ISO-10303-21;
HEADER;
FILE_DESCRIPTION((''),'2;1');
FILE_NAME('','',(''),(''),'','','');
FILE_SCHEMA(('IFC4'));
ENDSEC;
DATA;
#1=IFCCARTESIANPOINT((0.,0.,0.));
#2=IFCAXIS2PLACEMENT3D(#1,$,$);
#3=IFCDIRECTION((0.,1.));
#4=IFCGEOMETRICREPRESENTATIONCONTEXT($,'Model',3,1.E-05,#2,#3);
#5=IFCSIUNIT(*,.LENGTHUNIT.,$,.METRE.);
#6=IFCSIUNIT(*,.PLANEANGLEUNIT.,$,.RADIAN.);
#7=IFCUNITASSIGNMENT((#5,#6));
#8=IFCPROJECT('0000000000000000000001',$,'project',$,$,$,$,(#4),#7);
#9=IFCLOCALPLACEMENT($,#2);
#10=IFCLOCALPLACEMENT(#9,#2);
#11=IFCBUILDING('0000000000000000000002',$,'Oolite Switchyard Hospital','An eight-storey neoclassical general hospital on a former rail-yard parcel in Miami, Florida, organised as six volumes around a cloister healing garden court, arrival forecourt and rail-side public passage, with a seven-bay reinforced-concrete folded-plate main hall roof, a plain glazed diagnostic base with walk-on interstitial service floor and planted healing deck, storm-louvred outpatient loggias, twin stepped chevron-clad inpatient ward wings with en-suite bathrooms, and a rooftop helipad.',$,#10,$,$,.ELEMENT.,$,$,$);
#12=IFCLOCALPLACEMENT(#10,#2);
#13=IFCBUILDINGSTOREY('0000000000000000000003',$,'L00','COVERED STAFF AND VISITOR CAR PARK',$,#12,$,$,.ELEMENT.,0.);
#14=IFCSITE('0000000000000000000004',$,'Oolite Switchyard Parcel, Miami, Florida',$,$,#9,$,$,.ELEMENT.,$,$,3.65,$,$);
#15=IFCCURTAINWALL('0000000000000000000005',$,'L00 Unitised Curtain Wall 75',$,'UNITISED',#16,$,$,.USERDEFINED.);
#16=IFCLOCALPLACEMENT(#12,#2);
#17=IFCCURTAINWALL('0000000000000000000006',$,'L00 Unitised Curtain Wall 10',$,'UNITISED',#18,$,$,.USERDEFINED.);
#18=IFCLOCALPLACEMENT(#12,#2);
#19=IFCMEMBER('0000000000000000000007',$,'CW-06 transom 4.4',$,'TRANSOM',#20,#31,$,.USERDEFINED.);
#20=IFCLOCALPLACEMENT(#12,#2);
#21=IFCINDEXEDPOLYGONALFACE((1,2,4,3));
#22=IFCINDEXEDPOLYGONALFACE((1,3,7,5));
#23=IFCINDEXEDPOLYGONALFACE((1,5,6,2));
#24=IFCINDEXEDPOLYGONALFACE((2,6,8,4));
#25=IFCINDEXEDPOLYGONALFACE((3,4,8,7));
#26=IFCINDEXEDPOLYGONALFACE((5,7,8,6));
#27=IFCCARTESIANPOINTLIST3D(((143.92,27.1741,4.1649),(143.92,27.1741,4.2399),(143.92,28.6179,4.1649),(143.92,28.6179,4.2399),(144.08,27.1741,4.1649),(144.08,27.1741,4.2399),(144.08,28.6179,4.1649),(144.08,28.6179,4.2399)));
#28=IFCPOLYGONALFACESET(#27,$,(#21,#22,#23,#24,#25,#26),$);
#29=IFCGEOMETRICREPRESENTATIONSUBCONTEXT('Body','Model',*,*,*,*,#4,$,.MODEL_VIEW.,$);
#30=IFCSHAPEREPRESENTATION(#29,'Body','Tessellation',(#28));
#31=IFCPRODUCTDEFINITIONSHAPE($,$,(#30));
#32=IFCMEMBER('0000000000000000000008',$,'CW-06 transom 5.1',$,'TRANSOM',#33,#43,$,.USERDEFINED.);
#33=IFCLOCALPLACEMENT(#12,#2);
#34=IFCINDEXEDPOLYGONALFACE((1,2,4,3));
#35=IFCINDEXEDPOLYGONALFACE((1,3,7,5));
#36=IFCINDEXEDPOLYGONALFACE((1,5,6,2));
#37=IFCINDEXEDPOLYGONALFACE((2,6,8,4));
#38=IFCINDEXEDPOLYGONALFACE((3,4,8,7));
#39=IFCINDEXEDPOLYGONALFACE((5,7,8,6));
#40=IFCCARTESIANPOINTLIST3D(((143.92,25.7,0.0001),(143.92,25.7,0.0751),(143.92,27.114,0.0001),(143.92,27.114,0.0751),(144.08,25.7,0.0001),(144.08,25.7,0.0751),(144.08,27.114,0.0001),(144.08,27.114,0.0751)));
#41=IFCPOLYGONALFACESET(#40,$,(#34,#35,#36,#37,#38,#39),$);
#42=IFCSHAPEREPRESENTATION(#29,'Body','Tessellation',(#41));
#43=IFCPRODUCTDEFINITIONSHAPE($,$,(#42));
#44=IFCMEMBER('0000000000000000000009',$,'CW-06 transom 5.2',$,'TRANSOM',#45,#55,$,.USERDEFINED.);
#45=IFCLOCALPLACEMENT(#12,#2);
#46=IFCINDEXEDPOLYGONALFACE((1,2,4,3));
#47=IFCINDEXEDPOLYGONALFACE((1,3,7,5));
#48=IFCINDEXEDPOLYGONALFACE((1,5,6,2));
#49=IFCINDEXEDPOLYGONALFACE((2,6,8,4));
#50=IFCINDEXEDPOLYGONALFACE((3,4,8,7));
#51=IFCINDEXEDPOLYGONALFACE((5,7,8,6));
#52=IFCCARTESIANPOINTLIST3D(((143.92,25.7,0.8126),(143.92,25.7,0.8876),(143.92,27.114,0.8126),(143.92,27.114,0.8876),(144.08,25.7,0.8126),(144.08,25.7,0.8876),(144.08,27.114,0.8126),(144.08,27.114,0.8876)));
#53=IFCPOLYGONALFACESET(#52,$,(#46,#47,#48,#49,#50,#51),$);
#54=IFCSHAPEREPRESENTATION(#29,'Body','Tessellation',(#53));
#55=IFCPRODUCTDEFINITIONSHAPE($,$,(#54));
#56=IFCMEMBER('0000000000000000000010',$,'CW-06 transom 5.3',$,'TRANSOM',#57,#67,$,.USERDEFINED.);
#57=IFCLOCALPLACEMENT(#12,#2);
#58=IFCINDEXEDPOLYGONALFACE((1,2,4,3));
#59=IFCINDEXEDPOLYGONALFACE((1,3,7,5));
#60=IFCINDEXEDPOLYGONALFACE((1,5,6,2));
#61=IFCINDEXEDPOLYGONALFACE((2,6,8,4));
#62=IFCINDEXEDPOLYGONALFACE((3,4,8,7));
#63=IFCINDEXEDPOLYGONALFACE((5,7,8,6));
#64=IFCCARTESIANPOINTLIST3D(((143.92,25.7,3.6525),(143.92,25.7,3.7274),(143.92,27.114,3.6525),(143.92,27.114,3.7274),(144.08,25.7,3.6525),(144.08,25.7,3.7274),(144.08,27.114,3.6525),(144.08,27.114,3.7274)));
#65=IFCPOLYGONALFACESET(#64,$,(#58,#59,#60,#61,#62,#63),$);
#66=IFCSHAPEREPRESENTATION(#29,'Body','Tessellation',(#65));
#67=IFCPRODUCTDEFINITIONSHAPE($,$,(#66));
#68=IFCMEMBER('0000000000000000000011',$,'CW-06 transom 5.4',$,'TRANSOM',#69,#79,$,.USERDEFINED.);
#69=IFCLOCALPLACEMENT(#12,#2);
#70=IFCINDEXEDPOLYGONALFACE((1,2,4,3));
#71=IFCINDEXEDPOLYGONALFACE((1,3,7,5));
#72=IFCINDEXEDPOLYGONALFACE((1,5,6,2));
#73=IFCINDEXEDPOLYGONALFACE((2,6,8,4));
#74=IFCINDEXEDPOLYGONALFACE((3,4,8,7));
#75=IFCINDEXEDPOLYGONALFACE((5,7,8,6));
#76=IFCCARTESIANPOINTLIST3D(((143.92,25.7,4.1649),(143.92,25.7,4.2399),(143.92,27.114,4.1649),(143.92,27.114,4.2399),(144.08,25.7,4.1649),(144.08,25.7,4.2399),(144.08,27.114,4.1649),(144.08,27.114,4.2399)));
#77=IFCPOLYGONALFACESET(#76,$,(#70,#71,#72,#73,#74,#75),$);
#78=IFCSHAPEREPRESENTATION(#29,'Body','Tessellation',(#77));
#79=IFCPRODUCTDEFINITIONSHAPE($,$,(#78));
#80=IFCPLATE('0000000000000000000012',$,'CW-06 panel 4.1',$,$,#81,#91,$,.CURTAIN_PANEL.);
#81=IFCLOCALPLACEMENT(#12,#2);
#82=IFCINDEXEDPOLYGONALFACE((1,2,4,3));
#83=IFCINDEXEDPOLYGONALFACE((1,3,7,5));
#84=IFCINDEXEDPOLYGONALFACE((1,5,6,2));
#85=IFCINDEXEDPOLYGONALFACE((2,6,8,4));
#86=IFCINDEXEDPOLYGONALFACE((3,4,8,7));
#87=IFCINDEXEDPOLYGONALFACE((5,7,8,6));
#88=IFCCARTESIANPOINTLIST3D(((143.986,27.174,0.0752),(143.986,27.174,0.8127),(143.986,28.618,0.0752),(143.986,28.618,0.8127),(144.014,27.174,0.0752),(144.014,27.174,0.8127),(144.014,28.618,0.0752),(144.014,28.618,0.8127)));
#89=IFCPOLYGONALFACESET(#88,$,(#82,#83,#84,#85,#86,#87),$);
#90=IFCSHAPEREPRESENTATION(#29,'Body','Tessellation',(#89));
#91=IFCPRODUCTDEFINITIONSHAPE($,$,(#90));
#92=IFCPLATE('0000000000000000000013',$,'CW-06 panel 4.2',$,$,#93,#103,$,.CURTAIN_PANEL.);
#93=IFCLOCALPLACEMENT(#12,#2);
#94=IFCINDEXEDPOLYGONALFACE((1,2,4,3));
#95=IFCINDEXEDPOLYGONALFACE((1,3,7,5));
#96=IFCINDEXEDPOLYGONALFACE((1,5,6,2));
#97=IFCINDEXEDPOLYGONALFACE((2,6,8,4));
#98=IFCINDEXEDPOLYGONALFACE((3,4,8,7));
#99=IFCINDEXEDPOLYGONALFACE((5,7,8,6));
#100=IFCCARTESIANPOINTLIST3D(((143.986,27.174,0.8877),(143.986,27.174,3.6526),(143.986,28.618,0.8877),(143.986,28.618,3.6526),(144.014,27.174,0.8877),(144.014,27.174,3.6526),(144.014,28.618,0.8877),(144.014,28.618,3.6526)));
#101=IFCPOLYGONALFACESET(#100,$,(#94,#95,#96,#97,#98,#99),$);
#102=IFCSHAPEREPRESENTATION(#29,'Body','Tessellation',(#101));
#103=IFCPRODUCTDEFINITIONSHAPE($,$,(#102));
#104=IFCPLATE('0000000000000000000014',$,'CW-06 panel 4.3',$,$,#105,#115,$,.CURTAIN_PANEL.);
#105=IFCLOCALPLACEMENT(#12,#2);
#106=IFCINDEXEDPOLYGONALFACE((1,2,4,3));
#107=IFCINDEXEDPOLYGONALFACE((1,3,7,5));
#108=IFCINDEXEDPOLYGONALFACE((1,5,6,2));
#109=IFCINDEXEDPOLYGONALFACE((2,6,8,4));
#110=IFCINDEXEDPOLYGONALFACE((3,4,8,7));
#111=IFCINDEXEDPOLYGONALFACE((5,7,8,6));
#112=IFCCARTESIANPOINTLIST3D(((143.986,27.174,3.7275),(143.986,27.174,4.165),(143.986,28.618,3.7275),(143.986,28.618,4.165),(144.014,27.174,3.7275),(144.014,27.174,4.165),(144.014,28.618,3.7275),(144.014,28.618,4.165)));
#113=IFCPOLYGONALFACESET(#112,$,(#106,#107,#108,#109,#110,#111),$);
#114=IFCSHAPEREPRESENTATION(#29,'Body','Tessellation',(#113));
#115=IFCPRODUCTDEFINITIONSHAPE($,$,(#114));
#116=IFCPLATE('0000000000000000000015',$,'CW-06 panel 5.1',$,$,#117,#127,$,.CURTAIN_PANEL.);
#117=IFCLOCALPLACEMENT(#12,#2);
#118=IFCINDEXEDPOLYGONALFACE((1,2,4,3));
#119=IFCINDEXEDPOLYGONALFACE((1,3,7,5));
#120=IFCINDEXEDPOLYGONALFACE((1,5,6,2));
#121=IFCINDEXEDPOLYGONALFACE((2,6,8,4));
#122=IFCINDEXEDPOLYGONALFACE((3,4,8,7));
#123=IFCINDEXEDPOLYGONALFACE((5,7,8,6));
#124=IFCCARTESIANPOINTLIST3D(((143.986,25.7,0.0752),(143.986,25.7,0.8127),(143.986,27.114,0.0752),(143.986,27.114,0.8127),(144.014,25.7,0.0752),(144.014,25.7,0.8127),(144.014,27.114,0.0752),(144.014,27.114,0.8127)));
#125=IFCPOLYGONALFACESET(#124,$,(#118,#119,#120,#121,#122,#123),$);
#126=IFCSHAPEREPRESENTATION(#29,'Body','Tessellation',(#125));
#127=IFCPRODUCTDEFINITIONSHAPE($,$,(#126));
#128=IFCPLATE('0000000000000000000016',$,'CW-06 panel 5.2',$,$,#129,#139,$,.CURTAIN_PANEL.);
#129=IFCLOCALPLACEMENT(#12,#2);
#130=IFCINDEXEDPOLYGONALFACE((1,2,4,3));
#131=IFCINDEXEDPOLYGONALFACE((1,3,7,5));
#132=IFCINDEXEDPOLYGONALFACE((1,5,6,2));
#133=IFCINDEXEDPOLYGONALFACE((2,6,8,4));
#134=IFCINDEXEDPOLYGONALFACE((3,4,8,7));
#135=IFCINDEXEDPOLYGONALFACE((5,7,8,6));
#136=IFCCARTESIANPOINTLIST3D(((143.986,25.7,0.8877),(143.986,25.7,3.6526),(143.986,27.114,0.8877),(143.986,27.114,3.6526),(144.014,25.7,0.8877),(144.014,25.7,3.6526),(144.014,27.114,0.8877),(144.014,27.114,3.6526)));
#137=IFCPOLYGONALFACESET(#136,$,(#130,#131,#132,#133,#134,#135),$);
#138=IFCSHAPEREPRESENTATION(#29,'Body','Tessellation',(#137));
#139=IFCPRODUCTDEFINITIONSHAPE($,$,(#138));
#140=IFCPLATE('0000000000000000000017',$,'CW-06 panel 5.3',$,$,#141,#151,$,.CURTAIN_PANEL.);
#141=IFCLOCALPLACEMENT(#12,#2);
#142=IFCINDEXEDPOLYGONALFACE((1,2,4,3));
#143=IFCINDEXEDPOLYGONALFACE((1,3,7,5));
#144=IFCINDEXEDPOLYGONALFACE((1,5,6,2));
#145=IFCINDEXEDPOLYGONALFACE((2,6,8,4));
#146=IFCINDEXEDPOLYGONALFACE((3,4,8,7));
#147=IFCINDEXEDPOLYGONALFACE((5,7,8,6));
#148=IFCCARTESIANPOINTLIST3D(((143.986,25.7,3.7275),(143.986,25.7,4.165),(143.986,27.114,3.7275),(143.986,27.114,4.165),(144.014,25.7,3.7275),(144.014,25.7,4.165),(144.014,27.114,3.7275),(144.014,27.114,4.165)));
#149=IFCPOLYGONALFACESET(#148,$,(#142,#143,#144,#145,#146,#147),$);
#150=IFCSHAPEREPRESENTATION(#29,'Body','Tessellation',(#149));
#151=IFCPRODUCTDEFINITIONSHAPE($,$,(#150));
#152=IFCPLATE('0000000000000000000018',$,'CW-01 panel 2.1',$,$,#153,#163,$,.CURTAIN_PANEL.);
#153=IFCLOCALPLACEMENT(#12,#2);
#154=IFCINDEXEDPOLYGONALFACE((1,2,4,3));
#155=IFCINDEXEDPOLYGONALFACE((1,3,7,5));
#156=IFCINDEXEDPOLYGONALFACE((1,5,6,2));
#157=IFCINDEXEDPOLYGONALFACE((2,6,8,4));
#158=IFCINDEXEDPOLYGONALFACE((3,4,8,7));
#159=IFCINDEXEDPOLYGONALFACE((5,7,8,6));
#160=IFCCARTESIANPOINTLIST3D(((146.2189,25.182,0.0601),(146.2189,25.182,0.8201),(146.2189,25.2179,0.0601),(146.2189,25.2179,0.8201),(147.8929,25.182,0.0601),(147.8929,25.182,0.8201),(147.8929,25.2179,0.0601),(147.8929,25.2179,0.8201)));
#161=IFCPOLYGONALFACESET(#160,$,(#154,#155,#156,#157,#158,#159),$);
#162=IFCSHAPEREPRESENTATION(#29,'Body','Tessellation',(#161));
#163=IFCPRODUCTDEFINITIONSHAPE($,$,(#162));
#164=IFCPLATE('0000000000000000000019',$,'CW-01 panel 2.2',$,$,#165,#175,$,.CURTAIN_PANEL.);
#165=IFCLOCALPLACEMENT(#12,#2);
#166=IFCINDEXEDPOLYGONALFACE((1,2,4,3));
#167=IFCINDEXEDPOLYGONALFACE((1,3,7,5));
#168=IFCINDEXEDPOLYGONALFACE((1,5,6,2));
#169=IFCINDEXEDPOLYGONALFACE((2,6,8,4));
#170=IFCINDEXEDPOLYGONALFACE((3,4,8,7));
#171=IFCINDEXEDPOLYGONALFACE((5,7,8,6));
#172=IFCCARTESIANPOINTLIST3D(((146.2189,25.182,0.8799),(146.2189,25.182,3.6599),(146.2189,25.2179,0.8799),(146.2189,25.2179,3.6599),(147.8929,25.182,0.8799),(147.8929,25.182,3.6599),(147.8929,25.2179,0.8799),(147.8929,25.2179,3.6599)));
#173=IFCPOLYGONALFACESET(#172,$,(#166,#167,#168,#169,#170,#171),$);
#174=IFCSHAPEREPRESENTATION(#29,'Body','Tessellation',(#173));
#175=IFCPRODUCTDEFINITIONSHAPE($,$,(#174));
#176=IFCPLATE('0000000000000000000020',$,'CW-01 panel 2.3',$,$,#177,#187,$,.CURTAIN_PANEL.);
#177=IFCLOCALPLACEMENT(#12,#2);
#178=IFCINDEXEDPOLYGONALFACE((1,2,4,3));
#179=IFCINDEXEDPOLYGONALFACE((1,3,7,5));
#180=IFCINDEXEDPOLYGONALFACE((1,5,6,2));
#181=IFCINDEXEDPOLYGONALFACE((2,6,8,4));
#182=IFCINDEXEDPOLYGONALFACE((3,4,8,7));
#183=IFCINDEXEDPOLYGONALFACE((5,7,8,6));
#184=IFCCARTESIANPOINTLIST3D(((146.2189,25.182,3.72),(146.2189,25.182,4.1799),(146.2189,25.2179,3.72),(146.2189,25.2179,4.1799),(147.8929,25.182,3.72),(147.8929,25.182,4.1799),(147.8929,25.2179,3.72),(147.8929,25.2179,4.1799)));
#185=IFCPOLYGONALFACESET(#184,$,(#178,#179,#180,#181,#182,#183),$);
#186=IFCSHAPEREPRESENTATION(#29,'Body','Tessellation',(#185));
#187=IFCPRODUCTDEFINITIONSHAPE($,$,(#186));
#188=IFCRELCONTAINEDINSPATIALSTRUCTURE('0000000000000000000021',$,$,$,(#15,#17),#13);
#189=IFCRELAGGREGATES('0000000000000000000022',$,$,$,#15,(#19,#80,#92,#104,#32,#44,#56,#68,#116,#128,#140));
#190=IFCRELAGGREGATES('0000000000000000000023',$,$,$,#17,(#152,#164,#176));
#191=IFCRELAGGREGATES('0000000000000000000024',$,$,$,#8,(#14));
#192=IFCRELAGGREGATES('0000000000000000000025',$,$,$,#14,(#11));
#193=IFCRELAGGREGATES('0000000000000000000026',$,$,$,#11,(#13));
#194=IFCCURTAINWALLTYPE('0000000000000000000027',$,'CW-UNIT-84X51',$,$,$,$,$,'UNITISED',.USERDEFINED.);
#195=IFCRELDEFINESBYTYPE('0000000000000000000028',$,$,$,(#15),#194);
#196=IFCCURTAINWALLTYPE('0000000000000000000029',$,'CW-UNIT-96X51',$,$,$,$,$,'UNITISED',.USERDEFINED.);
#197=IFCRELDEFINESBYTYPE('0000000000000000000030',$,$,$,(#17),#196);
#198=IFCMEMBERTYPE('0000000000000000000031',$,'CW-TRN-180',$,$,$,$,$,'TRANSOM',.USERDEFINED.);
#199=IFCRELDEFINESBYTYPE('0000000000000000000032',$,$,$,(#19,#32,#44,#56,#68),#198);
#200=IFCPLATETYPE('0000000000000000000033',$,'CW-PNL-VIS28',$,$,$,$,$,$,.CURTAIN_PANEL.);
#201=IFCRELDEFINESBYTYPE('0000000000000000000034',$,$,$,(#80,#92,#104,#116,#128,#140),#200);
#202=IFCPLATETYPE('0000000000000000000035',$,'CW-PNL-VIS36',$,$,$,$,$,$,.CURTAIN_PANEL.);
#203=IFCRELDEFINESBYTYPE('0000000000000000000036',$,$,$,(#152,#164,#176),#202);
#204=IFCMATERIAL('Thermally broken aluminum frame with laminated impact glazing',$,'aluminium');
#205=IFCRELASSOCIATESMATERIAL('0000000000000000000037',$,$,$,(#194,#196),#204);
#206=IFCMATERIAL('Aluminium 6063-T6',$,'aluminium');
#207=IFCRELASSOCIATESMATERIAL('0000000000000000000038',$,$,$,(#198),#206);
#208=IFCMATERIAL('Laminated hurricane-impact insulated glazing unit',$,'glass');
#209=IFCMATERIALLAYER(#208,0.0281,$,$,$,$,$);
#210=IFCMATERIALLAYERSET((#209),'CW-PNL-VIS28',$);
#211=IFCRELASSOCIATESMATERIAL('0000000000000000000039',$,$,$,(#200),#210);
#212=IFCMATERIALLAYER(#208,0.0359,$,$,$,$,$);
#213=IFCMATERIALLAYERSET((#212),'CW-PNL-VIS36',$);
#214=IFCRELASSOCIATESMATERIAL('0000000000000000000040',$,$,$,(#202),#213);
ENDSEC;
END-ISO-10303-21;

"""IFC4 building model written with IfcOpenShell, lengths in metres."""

from ifc_helpers import new_model, si_unit, direction, frame, origin, origin_2d, place, context, subcontext, project, spatial, rectangle, extrude, material, layer, layer_set, material_profile, profile_set, type_object, element, aggregate, save


model = new_model("IFC4")

# Units and contexts
model_context = context("Model", 3, precision=1e-05, world=origin(), true_north=direction((0.0, 1.0)))
body_context = subcontext(model_context, "Body", "Model", "MODEL_VIEW")
ifc_project = project(units=[si_unit("LENGTHUNIT", "METRE"), si_unit("PLANEANGLEUNIT", "RADIAN")], contexts=[model_context])

# Site, building, storey
site_placement = place(None, origin())
site = spatial("IfcSite", under=ifc_project, at=site_placement, Name="Oolite Switchyard Parcel, Miami, Florida", CompositionType="ELEMENT", RefElevation=3.65)
building_placement = place(site_placement, origin())
building = spatial("IfcBuilding", under=site, at=building_placement, Name="Oolite Switchyard Hospital", Description="An eight-storey neoclassical general hospital on a former rail-yard parcel in Miami, Florida, organised as six volumes around a cloister healing garden court, arrival forecourt and rail-side public passage, with a seven-bay reinforced-concrete folded-plate main hall roof, a plain glazed diagnostic base with walk-on interstitial service floor and planted healing deck, storm-louvred outpatient loggias, twin stepped chevron-clad inpatient ward wings with en-suite bathrooms, and a rooftop helipad.", CompositionType="ELEMENT")
storey_placement = place(building_placement, origin())
storey = spatial("IfcBuildingStorey", under=building, at=storey_placement, Name="L00", Description="COVERED STAFF AND VISITOR CAR PARK", CompositionType="ELEMENT", Elevation=0.0)

# Curtain walls
ifc_material_1 = material(Name="Thermally broken aluminum frame with laminated impact glazing", Category="aluminium")
curtain_wall_type_1 = type_object("IfcCurtainWallType", Name="CW-UNIT-84X51", ElementType="UNITISED", PredefinedType="USERDEFINED", material=ifc_material_1)
curtain_wall_1_placement = place(storey_placement, origin())
curtain_wall_1 = element("IfcCurtainWall", 1, at=curtain_wall_1_placement, inside=storey, type_object=curtain_wall_type_1, Name="L00 Unitised Curtain Wall 75", ObjectType="UNITISED", PredefinedType="USERDEFINED")
ifc_material_2 = material(Name="Aluminium 6063-T6", Category="aluminium")
curtain_wall_type_2 = type_object("IfcCurtainWallType", Name="CW-UNIT-96X51", ElementType="UNITISED", PredefinedType="USERDEFINED", material=ifc_material_1)
curtain_wall_2_placement = place(storey_placement, origin())
curtain_wall_2 = element("IfcCurtainWall", 2, at=curtain_wall_2_placement, inside=storey, type_object=curtain_wall_type_2, Name="L00 Unitised Curtain Wall 10", ObjectType="UNITISED", PredefinedType="USERDEFINED")

# Members
ifc_material_profile_1 = material_profile(ifc_material_2, rectangle(XDim=0.1599, YDim=0.075, at=origin_2d()), Name="CWT75X160")
ifc_profile_set_1 = profile_set([ifc_material_profile_1], Name="Aluminium 6063-T6")
member_type_1 = type_object("IfcMemberType", Name="CW-TRN-180", ElementType="TRANSOM", PredefinedType="USERDEFINED", material=ifc_profile_set_1)
member_1_placement = place(storey_placement, frame((144.0, 28.6179, 4.2024), z_axis=(0.0, -1.0, 0.0), x_axis=(1.0, 0.0, 0.0)))
member_1 = element("IfcMember", 3, at=member_1_placement, type_object=member_type_1, Name="CW-06 transom 4.4", ObjectType="TRANSOM", PredefinedType="USERDEFINED", context=body_context, shape_type="SweptSolid", body=[
    extrude(rectangle(XDim=0.1599, YDim=0.075, at=origin_2d()), origin(), (0.0, 0.0, 1.0), 1.4438),
])
member_2_placement = place(storey_placement, frame((144.0, 27.114, 0.0376), z_axis=(0.0, -1.0, 0.0), x_axis=(1.0, 0.0, 0.0)))
member_2 = element("IfcMember", 4, at=member_2_placement, type_object=member_type_1, Name="CW-06 transom 5.1", ObjectType="TRANSOM", PredefinedType="USERDEFINED", context=body_context, shape_type="SweptSolid", body=[
    extrude(rectangle(XDim=0.1599, YDim=0.075, at=origin_2d()), origin(), (0.0, 0.0, 1.0), 1.4141),
])
member_3_placement = place(storey_placement, frame((144.0, 27.114, 0.8501), z_axis=(0.0, -1.0, 0.0), x_axis=(1.0, 0.0, 0.0)))
member_3 = element("IfcMember", 5, at=member_3_placement, type_object=member_type_1, Name="CW-06 transom 5.2", ObjectType="TRANSOM", PredefinedType="USERDEFINED", context=body_context, shape_type="SweptSolid", body=[
    extrude(rectangle(XDim=0.1599, YDim=0.075, at=origin_2d()), origin(), (0.0, 0.0, 1.0), 1.4141),
])
member_4_placement = place(storey_placement, frame((144.0, 27.114, 3.6899), z_axis=(0.0, -1.0, 0.0), x_axis=(1.0, 0.0, 0.0)))
member_4 = element("IfcMember", 6, at=member_4_placement, type_object=member_type_1, Name="CW-06 transom 5.3", ObjectType="TRANSOM", PredefinedType="USERDEFINED", context=body_context, shape_type="SweptSolid", body=[
    extrude(rectangle(XDim=0.1599, YDim=0.075, at=origin_2d()), origin(), (0.0, 0.0, 1.0), 1.4141),
])
member_5_placement = place(storey_placement, frame((144.0, 27.114, 4.2024), z_axis=(0.0, -1.0, 0.0), x_axis=(1.0, 0.0, 0.0)))
member_5 = element("IfcMember", 7, at=member_5_placement, type_object=member_type_1, Name="CW-06 transom 5.4", ObjectType="TRANSOM", PredefinedType="USERDEFINED", context=body_context, shape_type="SweptSolid", body=[
    extrude(rectangle(XDim=0.1599, YDim=0.075, at=origin_2d()), origin(), (0.0, 0.0, 1.0), 1.4141),
])

# Plates
ifc_material_3 = material(Name="Laminated hurricane-impact insulated glazing unit", Category="glass")
ifc_layer_1 = layer(ifc_material_3, 0.0281)
ifc_layer_set_1 = layer_set([ifc_layer_1], Name="CW-PNL-VIS28")
plate_type_1 = type_object("IfcPlateType", Name="CW-PNL-VIS28", PredefinedType="CURTAIN_PANEL", material=ifc_layer_set_1)
plate_1_placement = place(storey_placement, frame((144.0, 27.896, 0.0752), z_axis=(0.0, 0.0, 1.0), x_axis=(0.0, -1.0, 0.0)))
plate_1 = element("IfcPlate", 8, at=plate_1_placement, type_object=plate_type_1, Name="CW-06 panel 4.1", PredefinedType="CURTAIN_PANEL", context=body_context, shape_type="SweptSolid", body=[
    extrude(rectangle(XDim=1.4441, YDim=0.0281, at=origin_2d()), origin(), (0.0, 0.0, 1.0), 0.7375),
])
plate_2_placement = place(storey_placement, frame((144.0, 27.896, 0.8877), z_axis=(0.0, 0.0, 1.0), x_axis=(0.0, -1.0, 0.0)))
plate_2 = element("IfcPlate", 9, at=plate_2_placement, type_object=plate_type_1, Name="CW-06 panel 4.2", PredefinedType="CURTAIN_PANEL", context=body_context, shape_type="SweptSolid", body=[
    extrude(rectangle(XDim=1.4441, YDim=0.0281, at=origin_2d()), origin(), (0.0, 0.0, 1.0), 2.7649),
])
plate_3_placement = place(storey_placement, frame((144.0, 27.896, 3.7275), z_axis=(0.0, 0.0, 1.0), x_axis=(0.0, -1.0, 0.0)))
plate_3 = element("IfcPlate", 10, at=plate_3_placement, type_object=plate_type_1, Name="CW-06 panel 4.3", PredefinedType="CURTAIN_PANEL", context=body_context, shape_type="SweptSolid", body=[
    extrude(rectangle(XDim=1.4441, YDim=0.0281, at=origin_2d()), origin(), (0.0, 0.0, 1.0), 0.4375),
])
plate_4_placement = place(storey_placement, frame((144.0, 26.407, 0.0752), z_axis=(0.0, 0.0, 1.0), x_axis=(0.0, -1.0, 0.0)))
plate_4 = element("IfcPlate", 11, at=plate_4_placement, type_object=plate_type_1, Name="CW-06 panel 5.1", PredefinedType="CURTAIN_PANEL", context=body_context, shape_type="SweptSolid", body=[
    extrude(rectangle(XDim=1.4141, YDim=0.0281, at=origin_2d()), origin(), (0.0, 0.0, 1.0), 0.7375),
])
plate_5_placement = place(storey_placement, frame((144.0, 26.407, 0.8877), z_axis=(0.0, 0.0, 1.0), x_axis=(0.0, -1.0, 0.0)))
plate_5 = element("IfcPlate", 12, at=plate_5_placement, type_object=plate_type_1, Name="CW-06 panel 5.2", PredefinedType="CURTAIN_PANEL", context=body_context, shape_type="SweptSolid", body=[
    extrude(rectangle(XDim=1.4141, YDim=0.0281, at=origin_2d()), origin(), (0.0, 0.0, 1.0), 2.7649),
])
plate_6_placement = place(storey_placement, frame((144.0, 26.407, 3.7275), z_axis=(0.0, 0.0, 1.0), x_axis=(0.0, -1.0, 0.0)))
plate_6 = element("IfcPlate", 13, at=plate_6_placement, type_object=plate_type_1, Name="CW-06 panel 5.3", PredefinedType="CURTAIN_PANEL", context=body_context, shape_type="SweptSolid", body=[
    extrude(rectangle(XDim=1.4141, YDim=0.0281, at=origin_2d()), origin(), (0.0, 0.0, 1.0), 0.4375),
])
aggregate(curtain_wall_1, [member_1, plate_1, plate_2, plate_3, member_2, member_3, member_4, member_5, plate_4, plate_5, plate_6])
ifc_layer_2 = layer(ifc_material_3, 0.0359)
ifc_layer_set_2 = layer_set([ifc_layer_2], Name="CW-PNL-VIS36")
plate_type_2 = type_object("IfcPlateType", Name="CW-PNL-VIS36", PredefinedType="CURTAIN_PANEL", material=ifc_layer_set_2)
plate_7_placement = place(storey_placement, frame((147.0559, 25.2, 0.0601), z_axis=(0.0, 0.0, 1.0), x_axis=(1.0, 0.0, 0.0)))
plate_7 = element("IfcPlate", 14, at=plate_7_placement, type_object=plate_type_2, Name="CW-01 panel 2.1", PredefinedType="CURTAIN_PANEL", context=body_context, shape_type="SweptSolid", body=[
    extrude(rectangle(XDim=1.6741, YDim=0.0359, at=origin_2d()), origin(), (0.0, 0.0, 1.0), 0.76),
])
plate_8_placement = place(storey_placement, frame((147.0559, 25.2, 0.8799), z_axis=(0.0, 0.0, 1.0), x_axis=(1.0, 0.0, 0.0)))
plate_8 = element("IfcPlate", 15, at=plate_8_placement, type_object=plate_type_2, Name="CW-01 panel 2.2", PredefinedType="CURTAIN_PANEL", context=body_context, shape_type="SweptSolid", body=[
    extrude(rectangle(XDim=1.6741, YDim=0.0359, at=origin_2d()), origin(), (0.0, 0.0, 1.0), 2.78),
])
plate_9_placement = place(storey_placement, frame((147.0559, 25.2, 3.72), z_axis=(0.0, 0.0, 1.0), x_axis=(1.0, 0.0, 0.0)))
plate_9 = element("IfcPlate", 16, at=plate_9_placement, type_object=plate_type_2, Name="CW-01 panel 2.3", PredefinedType="CURTAIN_PANEL", context=body_context, shape_type="SweptSolid", body=[
    extrude(rectangle(XDim=1.6741, YDim=0.0359, at=origin_2d()), origin(), (0.0, 0.0, 1.0), 0.46),
])
aggregate(curtain_wall_2, [plate_7, plate_8, plate_9])

save(model, "model.ifc")
